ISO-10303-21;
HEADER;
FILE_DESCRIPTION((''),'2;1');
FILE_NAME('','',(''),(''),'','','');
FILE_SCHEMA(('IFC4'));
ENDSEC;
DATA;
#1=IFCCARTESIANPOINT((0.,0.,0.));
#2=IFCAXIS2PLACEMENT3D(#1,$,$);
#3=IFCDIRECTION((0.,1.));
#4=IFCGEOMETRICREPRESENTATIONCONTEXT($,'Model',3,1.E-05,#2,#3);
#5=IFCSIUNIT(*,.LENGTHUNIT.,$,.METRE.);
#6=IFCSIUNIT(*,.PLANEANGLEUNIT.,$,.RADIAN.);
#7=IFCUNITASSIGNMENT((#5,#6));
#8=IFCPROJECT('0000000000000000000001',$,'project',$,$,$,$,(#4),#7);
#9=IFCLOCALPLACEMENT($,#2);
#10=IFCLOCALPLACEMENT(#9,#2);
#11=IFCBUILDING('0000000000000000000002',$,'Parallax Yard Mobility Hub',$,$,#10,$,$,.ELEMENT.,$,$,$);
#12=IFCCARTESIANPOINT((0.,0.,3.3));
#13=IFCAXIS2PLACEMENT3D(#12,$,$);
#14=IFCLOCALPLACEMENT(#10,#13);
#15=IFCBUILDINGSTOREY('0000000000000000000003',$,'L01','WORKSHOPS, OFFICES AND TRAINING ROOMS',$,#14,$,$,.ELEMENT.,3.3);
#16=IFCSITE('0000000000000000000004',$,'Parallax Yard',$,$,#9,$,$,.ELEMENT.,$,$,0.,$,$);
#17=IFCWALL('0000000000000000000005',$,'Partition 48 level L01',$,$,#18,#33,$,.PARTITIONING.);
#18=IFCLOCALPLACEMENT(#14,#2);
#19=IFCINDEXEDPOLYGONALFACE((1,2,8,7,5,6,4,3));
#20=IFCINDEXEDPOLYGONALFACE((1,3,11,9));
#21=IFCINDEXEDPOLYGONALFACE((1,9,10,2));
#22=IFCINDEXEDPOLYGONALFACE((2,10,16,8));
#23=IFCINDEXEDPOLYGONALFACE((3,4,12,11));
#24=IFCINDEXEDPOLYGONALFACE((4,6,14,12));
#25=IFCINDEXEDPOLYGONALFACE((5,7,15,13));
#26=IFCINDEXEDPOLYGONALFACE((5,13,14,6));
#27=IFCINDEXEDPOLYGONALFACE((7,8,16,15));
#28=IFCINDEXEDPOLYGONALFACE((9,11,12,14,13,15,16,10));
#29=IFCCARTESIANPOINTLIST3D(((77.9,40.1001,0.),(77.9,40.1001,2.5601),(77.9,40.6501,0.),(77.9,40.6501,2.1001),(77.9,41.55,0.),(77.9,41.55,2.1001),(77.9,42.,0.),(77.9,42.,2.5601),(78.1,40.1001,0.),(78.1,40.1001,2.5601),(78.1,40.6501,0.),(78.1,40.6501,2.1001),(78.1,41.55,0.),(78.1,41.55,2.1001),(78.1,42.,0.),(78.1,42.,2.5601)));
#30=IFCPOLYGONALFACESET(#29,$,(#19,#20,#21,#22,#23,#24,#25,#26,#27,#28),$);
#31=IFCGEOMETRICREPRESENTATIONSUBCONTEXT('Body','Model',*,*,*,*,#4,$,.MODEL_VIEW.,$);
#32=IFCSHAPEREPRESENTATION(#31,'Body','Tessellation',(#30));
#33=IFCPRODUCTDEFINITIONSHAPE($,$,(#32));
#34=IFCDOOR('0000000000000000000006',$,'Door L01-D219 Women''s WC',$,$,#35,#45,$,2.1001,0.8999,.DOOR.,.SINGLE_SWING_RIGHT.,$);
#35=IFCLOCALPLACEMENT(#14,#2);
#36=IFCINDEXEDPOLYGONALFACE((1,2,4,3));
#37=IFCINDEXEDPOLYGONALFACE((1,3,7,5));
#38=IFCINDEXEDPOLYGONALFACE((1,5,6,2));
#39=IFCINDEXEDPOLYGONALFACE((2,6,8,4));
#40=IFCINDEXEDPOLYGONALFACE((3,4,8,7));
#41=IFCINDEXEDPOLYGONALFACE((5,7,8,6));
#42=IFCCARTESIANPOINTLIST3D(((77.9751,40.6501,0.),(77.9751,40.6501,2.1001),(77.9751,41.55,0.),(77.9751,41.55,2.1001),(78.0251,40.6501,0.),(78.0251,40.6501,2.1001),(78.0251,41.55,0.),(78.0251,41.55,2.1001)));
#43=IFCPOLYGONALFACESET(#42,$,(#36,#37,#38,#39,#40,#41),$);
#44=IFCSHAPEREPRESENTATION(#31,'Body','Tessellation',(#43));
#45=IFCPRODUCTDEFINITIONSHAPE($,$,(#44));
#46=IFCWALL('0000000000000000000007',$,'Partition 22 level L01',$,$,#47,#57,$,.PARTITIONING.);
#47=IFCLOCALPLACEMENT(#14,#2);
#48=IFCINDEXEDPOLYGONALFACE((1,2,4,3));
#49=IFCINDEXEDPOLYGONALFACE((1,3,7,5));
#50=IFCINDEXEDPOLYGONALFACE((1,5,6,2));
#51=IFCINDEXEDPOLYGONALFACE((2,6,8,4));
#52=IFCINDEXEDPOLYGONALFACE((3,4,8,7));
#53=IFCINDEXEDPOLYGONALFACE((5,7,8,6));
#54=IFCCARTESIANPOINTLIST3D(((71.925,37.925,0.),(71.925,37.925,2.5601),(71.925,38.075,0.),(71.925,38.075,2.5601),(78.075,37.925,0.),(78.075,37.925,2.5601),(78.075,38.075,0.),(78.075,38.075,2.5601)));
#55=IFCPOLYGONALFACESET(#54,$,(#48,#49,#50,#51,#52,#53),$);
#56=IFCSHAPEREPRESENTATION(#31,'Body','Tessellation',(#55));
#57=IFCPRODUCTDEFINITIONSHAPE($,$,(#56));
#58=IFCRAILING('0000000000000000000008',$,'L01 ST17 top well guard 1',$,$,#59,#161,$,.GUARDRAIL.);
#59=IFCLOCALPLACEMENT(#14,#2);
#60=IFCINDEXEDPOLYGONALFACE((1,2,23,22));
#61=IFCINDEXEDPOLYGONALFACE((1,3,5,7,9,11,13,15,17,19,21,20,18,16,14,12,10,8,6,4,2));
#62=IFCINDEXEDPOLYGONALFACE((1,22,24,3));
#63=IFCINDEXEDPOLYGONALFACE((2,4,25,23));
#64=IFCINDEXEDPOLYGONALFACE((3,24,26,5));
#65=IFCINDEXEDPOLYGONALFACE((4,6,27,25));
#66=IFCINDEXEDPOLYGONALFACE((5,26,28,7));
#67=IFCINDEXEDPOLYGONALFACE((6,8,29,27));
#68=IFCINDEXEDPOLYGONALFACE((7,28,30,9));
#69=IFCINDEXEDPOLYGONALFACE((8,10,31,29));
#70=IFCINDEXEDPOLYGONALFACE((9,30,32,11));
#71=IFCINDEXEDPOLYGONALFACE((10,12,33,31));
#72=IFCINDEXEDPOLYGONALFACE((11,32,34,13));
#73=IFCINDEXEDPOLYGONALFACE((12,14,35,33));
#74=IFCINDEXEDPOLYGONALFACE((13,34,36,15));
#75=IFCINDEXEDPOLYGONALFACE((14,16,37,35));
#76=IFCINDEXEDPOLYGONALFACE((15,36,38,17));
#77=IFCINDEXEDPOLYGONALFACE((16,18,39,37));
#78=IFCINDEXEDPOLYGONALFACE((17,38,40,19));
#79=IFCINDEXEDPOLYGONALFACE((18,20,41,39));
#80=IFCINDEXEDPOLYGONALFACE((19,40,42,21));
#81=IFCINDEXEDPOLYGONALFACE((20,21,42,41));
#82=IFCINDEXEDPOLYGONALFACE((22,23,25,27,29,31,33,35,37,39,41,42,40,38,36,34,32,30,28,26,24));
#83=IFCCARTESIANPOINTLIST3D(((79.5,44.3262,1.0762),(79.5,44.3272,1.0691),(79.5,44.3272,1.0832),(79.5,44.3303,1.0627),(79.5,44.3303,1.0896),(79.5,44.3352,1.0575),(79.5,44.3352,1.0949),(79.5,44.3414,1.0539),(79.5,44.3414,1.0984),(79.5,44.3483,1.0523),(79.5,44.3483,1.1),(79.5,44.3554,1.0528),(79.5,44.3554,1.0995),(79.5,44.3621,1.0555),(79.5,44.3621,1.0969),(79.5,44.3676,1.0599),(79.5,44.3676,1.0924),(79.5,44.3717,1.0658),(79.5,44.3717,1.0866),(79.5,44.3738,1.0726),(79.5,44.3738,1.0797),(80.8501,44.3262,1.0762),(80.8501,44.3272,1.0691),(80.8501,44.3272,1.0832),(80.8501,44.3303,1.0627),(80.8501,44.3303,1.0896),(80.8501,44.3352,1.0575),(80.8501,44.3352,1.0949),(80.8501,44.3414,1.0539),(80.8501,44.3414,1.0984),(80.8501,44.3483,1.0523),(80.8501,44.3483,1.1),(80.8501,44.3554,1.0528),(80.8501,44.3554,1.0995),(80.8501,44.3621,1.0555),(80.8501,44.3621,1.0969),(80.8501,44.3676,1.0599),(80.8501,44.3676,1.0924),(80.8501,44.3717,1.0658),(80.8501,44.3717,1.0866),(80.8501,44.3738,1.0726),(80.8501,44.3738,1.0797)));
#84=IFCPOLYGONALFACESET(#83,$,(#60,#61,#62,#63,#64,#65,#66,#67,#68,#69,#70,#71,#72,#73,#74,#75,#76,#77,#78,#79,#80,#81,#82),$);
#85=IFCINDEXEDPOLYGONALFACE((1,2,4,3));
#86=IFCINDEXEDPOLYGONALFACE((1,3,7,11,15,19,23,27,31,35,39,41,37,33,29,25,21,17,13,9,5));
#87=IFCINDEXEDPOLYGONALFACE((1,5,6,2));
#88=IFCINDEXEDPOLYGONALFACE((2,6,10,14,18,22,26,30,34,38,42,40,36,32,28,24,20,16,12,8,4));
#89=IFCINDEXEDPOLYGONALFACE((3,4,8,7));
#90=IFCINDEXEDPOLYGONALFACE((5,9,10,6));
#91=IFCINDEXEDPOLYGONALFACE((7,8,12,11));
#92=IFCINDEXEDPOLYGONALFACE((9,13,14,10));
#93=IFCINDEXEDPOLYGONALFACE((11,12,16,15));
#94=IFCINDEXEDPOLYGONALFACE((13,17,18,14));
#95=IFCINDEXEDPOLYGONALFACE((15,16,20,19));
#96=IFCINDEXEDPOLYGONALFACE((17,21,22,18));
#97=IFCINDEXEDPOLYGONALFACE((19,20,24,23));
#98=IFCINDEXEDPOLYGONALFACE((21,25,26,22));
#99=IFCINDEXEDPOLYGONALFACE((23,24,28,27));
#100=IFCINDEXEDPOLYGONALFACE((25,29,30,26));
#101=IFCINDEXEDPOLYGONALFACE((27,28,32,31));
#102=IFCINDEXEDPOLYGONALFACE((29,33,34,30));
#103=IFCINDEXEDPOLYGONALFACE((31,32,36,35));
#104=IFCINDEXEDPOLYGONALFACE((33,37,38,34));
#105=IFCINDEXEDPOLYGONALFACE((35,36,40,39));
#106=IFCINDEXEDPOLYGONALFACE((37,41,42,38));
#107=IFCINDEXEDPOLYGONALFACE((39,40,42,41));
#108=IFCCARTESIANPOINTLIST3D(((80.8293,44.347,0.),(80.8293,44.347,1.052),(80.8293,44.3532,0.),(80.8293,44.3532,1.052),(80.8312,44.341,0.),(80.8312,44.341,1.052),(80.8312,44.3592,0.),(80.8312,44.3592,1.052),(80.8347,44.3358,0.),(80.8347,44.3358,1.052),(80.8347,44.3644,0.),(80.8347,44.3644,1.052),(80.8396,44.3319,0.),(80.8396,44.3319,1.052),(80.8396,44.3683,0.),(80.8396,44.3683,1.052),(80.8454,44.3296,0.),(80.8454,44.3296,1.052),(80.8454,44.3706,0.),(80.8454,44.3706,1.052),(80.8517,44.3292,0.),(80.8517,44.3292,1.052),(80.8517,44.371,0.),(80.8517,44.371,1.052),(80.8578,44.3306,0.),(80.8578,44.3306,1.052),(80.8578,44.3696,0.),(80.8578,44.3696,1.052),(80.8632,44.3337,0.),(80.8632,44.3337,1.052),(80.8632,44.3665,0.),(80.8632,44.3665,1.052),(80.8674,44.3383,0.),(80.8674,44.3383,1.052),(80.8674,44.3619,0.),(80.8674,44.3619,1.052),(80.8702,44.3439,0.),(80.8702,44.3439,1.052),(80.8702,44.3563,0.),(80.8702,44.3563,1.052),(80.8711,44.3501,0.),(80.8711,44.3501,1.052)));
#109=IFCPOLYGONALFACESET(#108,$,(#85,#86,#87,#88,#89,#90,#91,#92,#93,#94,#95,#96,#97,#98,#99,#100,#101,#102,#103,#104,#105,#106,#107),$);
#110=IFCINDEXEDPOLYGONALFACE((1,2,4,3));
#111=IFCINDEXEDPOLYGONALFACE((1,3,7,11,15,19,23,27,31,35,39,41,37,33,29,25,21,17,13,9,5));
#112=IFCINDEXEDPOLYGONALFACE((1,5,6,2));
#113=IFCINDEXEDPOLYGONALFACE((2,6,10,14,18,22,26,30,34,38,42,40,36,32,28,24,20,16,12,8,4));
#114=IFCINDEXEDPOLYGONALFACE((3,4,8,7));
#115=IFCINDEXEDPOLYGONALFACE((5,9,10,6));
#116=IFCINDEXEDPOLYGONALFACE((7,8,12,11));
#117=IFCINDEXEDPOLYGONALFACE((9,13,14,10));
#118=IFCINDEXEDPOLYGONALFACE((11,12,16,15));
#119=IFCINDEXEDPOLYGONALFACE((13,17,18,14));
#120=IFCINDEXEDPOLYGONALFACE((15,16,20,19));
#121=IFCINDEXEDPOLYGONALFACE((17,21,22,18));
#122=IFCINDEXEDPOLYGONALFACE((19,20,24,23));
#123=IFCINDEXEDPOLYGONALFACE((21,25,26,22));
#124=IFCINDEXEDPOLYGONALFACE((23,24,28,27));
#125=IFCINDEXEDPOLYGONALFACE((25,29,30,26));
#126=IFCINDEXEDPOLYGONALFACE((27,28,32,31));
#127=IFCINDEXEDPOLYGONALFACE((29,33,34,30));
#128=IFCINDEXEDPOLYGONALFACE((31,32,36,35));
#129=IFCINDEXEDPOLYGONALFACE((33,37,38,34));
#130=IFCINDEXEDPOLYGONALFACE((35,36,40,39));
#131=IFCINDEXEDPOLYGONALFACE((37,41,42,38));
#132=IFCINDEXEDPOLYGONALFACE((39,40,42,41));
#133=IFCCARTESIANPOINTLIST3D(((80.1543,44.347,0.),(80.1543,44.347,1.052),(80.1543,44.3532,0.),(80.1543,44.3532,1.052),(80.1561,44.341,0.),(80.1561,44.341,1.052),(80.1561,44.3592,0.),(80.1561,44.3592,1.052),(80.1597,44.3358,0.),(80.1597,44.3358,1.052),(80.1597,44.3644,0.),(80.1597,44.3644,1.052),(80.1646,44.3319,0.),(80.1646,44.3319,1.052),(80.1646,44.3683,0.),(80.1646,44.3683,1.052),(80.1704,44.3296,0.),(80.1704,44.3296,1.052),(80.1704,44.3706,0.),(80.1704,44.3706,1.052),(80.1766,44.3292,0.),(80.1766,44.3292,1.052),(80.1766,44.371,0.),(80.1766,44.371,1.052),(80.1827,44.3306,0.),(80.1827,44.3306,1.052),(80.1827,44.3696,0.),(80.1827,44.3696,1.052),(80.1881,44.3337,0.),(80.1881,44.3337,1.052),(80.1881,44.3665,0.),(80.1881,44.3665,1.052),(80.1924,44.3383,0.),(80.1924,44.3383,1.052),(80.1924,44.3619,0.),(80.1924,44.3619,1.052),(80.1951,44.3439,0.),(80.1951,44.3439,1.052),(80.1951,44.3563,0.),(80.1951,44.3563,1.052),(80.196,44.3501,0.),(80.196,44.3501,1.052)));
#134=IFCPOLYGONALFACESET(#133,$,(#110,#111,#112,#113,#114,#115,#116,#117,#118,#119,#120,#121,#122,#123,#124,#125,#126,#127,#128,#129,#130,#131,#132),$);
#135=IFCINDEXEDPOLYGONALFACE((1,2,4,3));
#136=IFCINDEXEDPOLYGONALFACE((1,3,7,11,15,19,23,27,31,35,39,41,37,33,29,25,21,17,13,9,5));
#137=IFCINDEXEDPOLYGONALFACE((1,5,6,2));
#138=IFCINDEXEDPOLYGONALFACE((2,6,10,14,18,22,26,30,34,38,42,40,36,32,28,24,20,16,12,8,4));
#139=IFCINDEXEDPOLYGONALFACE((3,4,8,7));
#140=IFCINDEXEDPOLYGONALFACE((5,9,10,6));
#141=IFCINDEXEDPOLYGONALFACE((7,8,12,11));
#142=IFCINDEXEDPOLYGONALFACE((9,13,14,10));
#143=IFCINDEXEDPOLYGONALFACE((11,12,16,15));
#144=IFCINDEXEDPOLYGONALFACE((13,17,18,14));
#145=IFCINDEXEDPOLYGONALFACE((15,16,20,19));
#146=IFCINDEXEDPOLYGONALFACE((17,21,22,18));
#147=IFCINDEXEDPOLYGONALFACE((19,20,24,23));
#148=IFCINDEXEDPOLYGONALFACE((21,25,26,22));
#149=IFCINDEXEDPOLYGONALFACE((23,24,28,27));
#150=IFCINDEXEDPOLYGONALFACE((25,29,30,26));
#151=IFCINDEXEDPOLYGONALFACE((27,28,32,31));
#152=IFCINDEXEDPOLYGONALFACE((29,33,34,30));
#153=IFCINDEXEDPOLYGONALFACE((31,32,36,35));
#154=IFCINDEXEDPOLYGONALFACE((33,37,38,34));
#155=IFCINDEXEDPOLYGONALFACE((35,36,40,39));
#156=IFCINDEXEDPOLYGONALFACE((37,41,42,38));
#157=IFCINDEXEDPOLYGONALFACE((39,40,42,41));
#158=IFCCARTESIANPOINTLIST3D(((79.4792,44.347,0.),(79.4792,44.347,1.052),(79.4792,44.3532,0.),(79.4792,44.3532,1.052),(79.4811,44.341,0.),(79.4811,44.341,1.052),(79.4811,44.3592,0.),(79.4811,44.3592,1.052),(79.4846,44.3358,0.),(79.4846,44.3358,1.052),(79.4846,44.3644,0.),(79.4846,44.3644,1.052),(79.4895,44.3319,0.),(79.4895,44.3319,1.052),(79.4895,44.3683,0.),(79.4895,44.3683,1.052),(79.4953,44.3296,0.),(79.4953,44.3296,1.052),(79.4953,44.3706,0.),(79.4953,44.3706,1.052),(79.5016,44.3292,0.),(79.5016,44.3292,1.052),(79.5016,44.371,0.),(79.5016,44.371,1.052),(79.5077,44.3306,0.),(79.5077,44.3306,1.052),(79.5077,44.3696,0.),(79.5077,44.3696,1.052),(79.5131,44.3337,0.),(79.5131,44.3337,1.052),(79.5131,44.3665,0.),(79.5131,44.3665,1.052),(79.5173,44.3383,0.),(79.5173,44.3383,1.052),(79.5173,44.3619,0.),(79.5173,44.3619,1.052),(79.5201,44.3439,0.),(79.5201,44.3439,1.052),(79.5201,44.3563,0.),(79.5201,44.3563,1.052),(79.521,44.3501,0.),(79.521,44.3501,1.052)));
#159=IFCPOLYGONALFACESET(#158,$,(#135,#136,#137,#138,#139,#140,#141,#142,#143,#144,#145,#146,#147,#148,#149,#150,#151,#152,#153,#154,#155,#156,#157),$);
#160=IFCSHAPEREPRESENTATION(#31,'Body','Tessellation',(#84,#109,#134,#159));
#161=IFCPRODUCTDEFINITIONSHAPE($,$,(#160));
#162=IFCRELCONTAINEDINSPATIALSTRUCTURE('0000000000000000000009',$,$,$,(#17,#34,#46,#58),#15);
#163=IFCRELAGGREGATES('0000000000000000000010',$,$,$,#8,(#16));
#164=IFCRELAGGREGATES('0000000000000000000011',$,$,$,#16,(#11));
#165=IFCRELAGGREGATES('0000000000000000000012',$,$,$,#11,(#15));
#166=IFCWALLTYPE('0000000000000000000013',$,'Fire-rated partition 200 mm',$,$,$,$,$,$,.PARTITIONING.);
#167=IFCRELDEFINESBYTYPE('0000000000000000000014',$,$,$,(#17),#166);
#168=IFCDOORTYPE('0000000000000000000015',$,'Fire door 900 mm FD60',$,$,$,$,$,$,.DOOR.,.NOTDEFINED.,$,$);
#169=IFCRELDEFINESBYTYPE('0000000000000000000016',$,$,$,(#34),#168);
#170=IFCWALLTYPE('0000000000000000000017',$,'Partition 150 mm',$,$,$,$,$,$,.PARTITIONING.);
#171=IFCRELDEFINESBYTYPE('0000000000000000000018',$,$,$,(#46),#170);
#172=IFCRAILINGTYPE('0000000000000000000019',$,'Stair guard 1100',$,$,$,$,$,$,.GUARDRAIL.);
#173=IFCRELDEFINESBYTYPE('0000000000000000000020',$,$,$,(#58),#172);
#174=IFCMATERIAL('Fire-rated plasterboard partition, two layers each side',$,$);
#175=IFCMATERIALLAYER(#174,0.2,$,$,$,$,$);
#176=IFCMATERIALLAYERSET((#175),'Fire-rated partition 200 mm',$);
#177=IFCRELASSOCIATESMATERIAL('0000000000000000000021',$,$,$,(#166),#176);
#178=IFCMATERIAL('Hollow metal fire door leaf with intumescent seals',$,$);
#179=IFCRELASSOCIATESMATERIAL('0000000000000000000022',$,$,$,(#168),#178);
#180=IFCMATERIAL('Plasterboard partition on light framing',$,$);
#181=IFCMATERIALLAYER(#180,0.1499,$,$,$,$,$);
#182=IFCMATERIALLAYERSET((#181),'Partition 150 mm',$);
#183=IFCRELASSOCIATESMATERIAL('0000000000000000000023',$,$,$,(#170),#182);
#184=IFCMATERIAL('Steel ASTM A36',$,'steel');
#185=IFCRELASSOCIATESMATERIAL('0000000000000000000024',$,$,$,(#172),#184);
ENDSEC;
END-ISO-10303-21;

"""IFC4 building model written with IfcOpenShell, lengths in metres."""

from ifc_helpers import new_model, si_unit, direction, frame, frame_2d, origin, origin_2d, place, context, subcontext, project, spatial, rectangle, circle, extrude, material, layer, layer_set, type_object, element, fill, save


model = new_model("IFC4")

# Units and contexts
model_context = context("Model", 3, precision=1e-05, world=origin(), true_north=direction((0.0, 1.0)))
body_context = subcontext(model_context, "Body", "Model", "MODEL_VIEW")
ifc_project = project(units=[si_unit("LENGTHUNIT", "METRE"), si_unit("PLANEANGLEUNIT", "RADIAN")], contexts=[model_context])

# Site, building, storey
site_placement = place(None, origin())
site = spatial("IfcSite", under=ifc_project, at=site_placement, Name="Parallax Yard", CompositionType="ELEMENT", RefElevation=0.0)
building_placement = place(site_placement, origin())
building = spatial("IfcBuilding", under=site, at=building_placement, Name="Parallax Yard Mobility Hub", CompositionType="ELEMENT")
storey_placement = place(building_placement, frame((0.0, 0.0, 3.3)))
storey = spatial("IfcBuildingStorey", under=building, at=storey_placement, Name="L01", Description="WORKSHOPS, OFFICES AND TRAINING ROOMS", CompositionType="ELEMENT", Elevation=3.3)

# Shared definitions
ifc_material_1 = material(Name="Fire-rated plasterboard partition, two layers each side")
ifc_layer_1 = layer(ifc_material_1, 0.2)
ifc_layer_set_1 = layer_set([ifc_layer_1], Name="Fire-rated partition 200 mm")
wall_type_1 = type_object("IfcWallType", Name="Fire-rated partition 200 mm", PredefinedType="PARTITIONING", material=ifc_layer_set_1)

# Wall, opening, door
ifc_material_2 = material(Name="Hollow metal fire door leaf with intumescent seals")
door_type_1 = type_object("IfcDoorType", Name="Fire door 900 mm FD60", OperationType="NOTDEFINED", PredefinedType="DOOR", material=ifc_material_2)
wall_1_placement = place(storey_placement, frame((78.0, 40.1001, 0.0), z_axis=(0.0, 0.0, 1.0), x_axis=(0.0, 1.0, 0.0)))
wall_1 = element("IfcWall", 1, at=wall_1_placement, inside=storey, type_object=wall_type_1, Name="Partition 48 level L01", PredefinedType="PARTITIONING", context=body_context, shape_type="SweptSolid", body=[
    extrude(rectangle(XDim=1.8999, YDim=0.2, at=frame_2d((0.95, 0.0))), origin(), (0.0, 0.0, 1.0), 2.5601),
])
opening_1_placement = place(wall_1_placement, frame((0.55, 0.0, 0.0)))
opening_1 = element("IfcOpeningElement", 2, at=opening_1_placement, cuts=wall_1, PredefinedType="OPENING", context=body_context, shape_type="SweptSolid", body=[
    extrude(rectangle(XDim=0.8999, YDim=2.1001, at=frame_2d((0.45, 1.05))), frame((0.0, 0.1099, 0.0), z_axis=(0.0, -1.0, 0.0), x_axis=(1.0, 0.0, 0.0)), (0.0, 0.0, 1.0), 0.22),
])
door_1_placement = place(opening_1_placement, origin())
door_1 = element("IfcDoor", 3, at=door_1_placement, inside=storey, type_object=door_type_1, Name="Door L01-D219 Women's WC", OperationType="SINGLE_SWING_RIGHT", OverallHeight=2.1001, OverallWidth=0.8999, PredefinedType="DOOR", context=body_context, shape_type="SweptSolid", body=[
    extrude(rectangle(XDim=0.8999, YDim=2.1001, at=frame_2d((0.45, 1.05))), frame((0.0, 0.0249, 0.0), z_axis=(0.0, -1.0, 0.0), x_axis=(1.0, 0.0, 0.0)), (0.0, 0.0, 1.0), 0.05),
])
fill(opening_1, door_1)

# Wall
ifc_material_3 = material(Name="Plasterboard partition on light framing")
ifc_layer_2 = layer(ifc_material_3, 0.1499)
ifc_layer_set_2 = layer_set([ifc_layer_2], Name="Partition 150 mm")
wall_type_2 = type_object("IfcWallType", Name="Partition 150 mm", PredefinedType="PARTITIONING", material=ifc_layer_set_2)
wall_2_placement = place(storey_placement, frame((71.925, 38.0, 0.0), z_axis=(0.0, 0.0, 1.0), x_axis=(1.0, 0.0, 0.0)))
element("IfcWall", 4, at=wall_2_placement, inside=storey, type_object=wall_type_2, Name="Partition 22 level L01", PredefinedType="PARTITIONING", context=body_context, shape_type="SweptSolid", body=[
    extrude(rectangle(XDim=6.1499, YDim=0.1499, at=frame_2d((3.075, 0.0))), origin(), (0.0, 0.0, 1.0), 2.5601),
])

# Railing
ifc_material_4 = material(Name="Steel ASTM A36", Category="steel")
railing_type = type_object("IfcRailingType", Name="Stair guard 1100", PredefinedType="GUARDRAIL", material=ifc_material_4)
railing_placement = place(storey_placement, frame((80.8501, 44.3501, 0.0)))
element("IfcRailing", 5, at=railing_placement, inside=storey, type_object=railing_type, Name="L01 ST17 top well guard 1", PredefinedType="GUARDRAIL", context=body_context, shape_type="SweptSolid", body=[
    extrude(circle(Radius=0.0239, at=origin_2d()), frame((0.0, 0.0, 1.0762), z_axis=(-1.0, 0.0, 0.0), x_axis=(0.0, -1.0, 0.0)), (0.0, 0.0, 1.0), 1.3501),
    extrude(circle(Radius=0.021, at=origin_2d()), origin(), (0.0, 0.0, 1.0), 1.052),
    extrude(circle(Radius=0.021, at=origin_2d()), frame((-0.675, 0.0, 0.0)), (0.0, 0.0, 1.0), 1.052),
    extrude(circle(Radius=0.021, at=origin_2d()), frame((-1.3501, 0.0, 0.0)), (0.0, 0.0, 1.0), 1.052),
])

save(model, "model.ifc")
